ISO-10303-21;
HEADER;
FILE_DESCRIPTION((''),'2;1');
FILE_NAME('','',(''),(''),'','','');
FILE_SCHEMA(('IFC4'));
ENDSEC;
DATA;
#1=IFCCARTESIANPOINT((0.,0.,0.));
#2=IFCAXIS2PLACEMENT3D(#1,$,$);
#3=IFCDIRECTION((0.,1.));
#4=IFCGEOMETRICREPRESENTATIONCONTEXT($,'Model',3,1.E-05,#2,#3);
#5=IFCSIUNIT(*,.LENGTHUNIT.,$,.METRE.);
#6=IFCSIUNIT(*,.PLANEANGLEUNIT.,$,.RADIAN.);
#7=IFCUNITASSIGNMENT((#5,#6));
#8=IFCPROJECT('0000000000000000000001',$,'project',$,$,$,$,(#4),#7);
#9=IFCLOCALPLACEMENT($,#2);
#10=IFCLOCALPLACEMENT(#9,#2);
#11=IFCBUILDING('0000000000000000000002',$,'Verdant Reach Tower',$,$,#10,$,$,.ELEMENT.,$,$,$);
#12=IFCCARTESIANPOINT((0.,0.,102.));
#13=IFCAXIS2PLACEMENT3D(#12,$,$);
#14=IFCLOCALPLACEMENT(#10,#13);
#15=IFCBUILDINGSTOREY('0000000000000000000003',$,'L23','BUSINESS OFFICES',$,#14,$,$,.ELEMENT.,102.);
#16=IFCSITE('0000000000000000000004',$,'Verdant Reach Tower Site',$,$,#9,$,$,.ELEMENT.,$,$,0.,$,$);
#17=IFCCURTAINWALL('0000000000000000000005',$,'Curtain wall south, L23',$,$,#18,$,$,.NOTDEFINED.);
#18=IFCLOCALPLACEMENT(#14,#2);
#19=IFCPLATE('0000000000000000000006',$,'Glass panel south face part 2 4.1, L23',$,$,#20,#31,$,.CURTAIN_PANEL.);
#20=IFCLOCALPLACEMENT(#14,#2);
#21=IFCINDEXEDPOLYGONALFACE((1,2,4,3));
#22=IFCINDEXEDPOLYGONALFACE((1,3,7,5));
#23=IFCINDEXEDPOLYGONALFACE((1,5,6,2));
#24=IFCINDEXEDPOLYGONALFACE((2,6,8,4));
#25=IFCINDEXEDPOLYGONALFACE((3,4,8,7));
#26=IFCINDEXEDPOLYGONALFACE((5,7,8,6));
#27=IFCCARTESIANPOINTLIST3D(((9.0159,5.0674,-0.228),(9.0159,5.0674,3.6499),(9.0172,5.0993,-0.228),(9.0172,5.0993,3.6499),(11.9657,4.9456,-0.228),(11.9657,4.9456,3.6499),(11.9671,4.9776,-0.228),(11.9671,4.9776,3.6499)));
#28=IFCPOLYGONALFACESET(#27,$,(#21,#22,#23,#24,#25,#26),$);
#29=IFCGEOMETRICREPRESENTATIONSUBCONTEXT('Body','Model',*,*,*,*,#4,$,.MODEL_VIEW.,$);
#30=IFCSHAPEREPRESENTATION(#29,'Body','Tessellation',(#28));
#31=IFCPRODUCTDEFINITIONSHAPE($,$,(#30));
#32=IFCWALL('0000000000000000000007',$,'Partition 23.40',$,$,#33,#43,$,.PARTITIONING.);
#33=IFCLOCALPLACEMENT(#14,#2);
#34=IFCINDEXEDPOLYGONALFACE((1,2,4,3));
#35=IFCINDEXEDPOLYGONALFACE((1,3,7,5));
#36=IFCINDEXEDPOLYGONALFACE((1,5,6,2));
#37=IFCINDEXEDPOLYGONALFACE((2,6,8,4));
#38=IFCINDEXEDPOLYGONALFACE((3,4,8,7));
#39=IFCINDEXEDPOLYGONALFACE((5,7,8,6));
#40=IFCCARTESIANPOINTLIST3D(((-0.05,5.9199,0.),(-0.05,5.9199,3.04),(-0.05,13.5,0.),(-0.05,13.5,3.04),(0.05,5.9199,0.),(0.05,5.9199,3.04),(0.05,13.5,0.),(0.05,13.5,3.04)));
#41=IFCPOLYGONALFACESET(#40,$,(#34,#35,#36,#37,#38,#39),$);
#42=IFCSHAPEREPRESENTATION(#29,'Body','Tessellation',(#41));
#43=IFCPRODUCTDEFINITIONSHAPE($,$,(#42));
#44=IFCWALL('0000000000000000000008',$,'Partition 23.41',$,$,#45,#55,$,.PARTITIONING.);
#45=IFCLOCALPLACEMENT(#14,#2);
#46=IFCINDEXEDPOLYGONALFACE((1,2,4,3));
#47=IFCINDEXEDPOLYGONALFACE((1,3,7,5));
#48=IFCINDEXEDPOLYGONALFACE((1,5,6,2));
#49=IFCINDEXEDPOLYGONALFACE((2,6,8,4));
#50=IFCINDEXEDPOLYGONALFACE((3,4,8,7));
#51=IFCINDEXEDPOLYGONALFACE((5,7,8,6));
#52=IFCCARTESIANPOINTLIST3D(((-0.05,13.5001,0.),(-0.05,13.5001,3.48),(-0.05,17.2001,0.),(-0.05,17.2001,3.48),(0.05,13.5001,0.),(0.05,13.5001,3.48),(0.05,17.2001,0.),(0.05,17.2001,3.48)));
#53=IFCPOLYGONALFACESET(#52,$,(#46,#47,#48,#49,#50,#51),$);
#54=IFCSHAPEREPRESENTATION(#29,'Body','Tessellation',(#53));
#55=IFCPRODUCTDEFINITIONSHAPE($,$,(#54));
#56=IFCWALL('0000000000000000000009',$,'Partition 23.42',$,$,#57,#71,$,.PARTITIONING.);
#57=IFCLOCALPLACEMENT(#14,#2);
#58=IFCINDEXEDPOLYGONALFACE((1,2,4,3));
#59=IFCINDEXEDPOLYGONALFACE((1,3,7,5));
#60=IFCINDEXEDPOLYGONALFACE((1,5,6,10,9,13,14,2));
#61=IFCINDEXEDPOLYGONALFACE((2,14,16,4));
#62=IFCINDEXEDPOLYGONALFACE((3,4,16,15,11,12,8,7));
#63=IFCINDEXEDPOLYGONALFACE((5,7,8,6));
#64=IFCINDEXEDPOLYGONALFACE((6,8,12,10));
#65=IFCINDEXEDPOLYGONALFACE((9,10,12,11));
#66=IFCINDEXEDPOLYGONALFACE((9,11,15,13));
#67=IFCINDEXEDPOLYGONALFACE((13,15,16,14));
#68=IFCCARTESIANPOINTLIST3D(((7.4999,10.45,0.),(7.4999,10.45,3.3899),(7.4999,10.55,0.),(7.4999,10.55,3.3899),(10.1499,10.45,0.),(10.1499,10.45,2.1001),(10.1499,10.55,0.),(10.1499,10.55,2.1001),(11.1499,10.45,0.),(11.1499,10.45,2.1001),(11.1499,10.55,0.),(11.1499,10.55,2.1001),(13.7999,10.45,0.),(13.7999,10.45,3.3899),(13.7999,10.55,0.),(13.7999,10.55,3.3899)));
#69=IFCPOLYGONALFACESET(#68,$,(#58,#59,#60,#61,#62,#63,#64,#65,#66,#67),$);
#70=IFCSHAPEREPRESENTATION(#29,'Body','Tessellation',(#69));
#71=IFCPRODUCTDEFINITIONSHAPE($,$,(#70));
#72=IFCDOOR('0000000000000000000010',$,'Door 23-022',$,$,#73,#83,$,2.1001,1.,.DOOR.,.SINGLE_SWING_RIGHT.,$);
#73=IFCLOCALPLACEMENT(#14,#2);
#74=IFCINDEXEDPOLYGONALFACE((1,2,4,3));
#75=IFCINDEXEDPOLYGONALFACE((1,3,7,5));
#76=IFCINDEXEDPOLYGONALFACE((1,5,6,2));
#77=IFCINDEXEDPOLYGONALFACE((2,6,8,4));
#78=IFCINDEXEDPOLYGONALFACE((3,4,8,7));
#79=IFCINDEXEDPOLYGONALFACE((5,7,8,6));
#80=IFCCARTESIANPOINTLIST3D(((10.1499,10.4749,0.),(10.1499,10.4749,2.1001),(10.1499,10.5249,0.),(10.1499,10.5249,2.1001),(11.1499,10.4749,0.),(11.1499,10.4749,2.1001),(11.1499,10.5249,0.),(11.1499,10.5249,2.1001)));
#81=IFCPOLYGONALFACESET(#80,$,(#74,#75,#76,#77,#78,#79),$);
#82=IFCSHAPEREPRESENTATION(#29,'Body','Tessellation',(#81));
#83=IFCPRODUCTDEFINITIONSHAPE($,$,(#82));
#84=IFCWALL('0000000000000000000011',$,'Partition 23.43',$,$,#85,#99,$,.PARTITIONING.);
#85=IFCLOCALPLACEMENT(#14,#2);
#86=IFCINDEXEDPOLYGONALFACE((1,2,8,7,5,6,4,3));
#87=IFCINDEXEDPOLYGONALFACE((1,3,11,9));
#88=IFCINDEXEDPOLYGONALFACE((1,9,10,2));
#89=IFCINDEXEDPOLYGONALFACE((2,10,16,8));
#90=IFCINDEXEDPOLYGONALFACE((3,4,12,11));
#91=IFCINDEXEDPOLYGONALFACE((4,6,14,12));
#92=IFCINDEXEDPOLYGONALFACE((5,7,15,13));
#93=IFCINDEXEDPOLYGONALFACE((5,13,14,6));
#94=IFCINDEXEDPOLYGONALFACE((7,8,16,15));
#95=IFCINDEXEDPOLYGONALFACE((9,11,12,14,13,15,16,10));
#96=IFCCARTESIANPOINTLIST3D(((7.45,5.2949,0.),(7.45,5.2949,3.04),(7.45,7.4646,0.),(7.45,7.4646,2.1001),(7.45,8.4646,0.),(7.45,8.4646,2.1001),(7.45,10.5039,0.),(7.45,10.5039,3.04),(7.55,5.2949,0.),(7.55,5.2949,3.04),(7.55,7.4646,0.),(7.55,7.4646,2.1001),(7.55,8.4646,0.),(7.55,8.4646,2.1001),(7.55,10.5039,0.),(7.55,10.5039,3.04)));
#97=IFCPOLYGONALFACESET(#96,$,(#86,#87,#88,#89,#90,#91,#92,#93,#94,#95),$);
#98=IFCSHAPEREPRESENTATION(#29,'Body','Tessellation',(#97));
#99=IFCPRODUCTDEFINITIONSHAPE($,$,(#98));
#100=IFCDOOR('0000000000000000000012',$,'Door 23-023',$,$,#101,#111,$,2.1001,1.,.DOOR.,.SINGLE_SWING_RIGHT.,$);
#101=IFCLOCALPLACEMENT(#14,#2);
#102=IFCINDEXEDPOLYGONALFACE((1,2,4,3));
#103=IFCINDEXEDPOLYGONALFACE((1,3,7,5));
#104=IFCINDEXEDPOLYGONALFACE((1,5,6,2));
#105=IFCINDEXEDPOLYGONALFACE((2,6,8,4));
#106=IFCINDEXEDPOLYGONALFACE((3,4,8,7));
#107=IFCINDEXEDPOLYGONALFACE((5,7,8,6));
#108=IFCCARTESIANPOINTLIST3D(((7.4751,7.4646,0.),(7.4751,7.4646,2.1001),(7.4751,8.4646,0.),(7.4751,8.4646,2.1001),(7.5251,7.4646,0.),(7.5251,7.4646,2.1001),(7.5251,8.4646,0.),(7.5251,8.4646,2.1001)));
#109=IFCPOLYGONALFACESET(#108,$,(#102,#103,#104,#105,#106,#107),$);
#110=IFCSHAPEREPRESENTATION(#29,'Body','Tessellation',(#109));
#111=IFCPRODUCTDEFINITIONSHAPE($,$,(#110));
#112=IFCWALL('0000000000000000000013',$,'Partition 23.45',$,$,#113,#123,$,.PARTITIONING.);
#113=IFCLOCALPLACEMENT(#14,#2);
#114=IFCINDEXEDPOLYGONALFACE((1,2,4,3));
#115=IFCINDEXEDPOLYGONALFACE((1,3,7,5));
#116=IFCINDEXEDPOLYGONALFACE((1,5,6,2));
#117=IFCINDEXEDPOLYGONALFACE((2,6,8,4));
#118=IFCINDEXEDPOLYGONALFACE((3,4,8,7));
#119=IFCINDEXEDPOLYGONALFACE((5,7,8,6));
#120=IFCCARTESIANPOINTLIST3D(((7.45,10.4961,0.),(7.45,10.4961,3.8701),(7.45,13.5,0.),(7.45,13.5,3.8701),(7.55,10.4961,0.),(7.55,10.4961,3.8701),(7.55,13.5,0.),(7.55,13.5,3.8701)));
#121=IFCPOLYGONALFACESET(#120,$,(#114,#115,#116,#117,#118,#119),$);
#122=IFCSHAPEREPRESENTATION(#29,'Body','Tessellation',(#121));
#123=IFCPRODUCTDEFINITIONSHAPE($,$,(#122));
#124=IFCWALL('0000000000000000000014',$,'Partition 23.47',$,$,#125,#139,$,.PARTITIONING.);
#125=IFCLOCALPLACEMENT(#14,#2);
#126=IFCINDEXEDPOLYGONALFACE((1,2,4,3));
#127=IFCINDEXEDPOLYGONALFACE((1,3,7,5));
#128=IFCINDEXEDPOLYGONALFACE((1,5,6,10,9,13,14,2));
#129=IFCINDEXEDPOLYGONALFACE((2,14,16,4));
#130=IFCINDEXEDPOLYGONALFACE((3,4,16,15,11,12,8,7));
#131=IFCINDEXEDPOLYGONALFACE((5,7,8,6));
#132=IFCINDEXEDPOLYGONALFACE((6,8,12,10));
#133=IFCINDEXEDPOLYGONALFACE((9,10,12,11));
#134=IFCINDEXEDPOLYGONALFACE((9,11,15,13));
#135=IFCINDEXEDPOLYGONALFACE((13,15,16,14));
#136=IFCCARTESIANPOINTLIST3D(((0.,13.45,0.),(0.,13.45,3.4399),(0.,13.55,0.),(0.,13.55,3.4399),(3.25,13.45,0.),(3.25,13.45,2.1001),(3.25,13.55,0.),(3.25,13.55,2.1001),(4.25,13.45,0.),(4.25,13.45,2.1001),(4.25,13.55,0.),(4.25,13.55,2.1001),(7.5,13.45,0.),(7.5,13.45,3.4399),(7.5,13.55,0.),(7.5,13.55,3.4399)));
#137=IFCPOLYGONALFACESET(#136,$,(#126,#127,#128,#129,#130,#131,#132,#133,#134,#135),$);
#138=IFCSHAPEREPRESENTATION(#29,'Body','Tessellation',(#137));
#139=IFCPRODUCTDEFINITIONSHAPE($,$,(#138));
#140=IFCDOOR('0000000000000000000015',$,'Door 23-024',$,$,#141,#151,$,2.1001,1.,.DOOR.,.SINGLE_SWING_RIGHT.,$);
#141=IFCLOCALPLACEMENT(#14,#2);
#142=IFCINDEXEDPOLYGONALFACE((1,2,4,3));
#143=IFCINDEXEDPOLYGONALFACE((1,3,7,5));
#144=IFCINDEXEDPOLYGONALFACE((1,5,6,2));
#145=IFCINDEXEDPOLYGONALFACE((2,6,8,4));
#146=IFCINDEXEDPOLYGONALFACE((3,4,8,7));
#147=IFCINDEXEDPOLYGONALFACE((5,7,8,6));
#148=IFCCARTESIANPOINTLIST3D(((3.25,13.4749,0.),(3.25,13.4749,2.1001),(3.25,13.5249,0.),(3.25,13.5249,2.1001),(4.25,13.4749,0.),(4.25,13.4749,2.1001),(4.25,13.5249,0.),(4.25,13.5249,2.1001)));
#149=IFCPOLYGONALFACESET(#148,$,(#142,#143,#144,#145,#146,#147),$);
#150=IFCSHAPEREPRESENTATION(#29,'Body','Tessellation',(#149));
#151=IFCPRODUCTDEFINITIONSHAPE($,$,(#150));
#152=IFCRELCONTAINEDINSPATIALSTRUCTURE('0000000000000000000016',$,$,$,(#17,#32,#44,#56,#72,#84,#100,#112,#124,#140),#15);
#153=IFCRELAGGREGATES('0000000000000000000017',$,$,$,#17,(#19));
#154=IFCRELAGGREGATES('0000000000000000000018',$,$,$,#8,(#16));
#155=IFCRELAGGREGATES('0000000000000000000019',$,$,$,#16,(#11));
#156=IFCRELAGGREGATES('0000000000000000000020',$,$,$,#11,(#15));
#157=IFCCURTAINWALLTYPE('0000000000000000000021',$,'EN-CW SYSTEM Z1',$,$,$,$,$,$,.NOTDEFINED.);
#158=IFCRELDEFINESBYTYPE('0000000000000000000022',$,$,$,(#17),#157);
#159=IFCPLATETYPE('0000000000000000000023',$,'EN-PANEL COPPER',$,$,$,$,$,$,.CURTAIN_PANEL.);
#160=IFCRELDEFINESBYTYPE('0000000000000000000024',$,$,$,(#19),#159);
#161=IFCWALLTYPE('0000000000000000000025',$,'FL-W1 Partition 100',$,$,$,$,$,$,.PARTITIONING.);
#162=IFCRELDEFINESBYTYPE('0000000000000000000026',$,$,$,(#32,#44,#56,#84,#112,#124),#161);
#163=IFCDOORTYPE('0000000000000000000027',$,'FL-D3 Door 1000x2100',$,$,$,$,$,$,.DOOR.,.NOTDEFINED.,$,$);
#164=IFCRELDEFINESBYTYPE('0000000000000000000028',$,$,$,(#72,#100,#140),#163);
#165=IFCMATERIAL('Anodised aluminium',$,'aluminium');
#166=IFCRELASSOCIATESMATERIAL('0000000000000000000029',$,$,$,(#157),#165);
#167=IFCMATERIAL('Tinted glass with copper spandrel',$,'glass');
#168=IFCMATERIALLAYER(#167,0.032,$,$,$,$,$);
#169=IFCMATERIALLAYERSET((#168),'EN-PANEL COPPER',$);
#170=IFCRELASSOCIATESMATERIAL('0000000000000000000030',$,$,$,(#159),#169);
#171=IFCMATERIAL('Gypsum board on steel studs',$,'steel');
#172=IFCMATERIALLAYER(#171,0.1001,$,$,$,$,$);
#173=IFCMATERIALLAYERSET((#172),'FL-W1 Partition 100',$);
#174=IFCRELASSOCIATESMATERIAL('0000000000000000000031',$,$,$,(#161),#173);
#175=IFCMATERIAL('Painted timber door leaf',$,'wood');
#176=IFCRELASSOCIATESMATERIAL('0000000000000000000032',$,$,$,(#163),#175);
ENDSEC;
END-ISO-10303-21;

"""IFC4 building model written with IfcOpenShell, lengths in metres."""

from ifc_helpers import new_model, si_unit, direction, frame, frame_2d, origin, origin_2d, place, context, subcontext, project, spatial, rectangle, extrude, material, layer, layer_set, type_object, element, fill, aggregate, save


model = new_model("IFC4")

# Units and contexts
model_context = context("Model", 3, precision=1e-05, world=origin(), true_north=direction((0.0, 1.0)))
body_context = subcontext(model_context, "Body", "Model", "MODEL_VIEW")
ifc_project = project(units=[si_unit("LENGTHUNIT", "METRE"), si_unit("PLANEANGLEUNIT", "RADIAN")], contexts=[model_context])

# Site, building, storey
site_placement = place(None, origin())
site = spatial("IfcSite", under=ifc_project, at=site_placement, Name="Verdant Reach Tower Site", CompositionType="ELEMENT", RefElevation=0.0)
building_placement = place(site_placement, origin())
building = spatial("IfcBuilding", under=site, at=building_placement, Name="Verdant Reach Tower", CompositionType="ELEMENT")
storey_placement = place(building_placement, frame((0.0, 0.0, 102.0)))
storey = spatial("IfcBuildingStorey", under=building, at=storey_placement, Name="L23", Description="BUSINESS OFFICES", CompositionType="ELEMENT", Elevation=102.0)

# Curtain wall
ifc_material_1 = material(Name="Anodised aluminium", Category="aluminium")
curtain_wall_type = type_object("IfcCurtainWallType", Name="EN-CW SYSTEM Z1", PredefinedType="NOTDEFINED", material=ifc_material_1)
curtain_wall_placement = place(storey_placement, origin())
curtain_wall = element("IfcCurtainWall", 1, at=curtain_wall_placement, inside=storey, type_object=curtain_wall_type, Name="Curtain wall south, L23", PredefinedType="NOTDEFINED")

# Plate
ifc_material_2 = material(Name="Tinted glass with copper spandrel", Category="glass")
ifc_layer_1 = layer(ifc_material_2, 0.032)
ifc_layer_set_1 = layer_set([ifc_layer_1], Name="EN-PANEL COPPER")
plate_type_1 = type_object("IfcPlateType", Name="EN-PANEL COPPER", PredefinedType="CURTAIN_PANEL", material=ifc_layer_set_1)
plate_1_placement = place(storey_placement, frame((10.4915, 5.0225, -0.228), z_axis=(0.0, 0.0, 1.0), x_axis=(0.999149, -0.041242, 0.0)))
plate_1 = element("IfcPlate", 2, at=plate_1_placement, type_object=plate_type_1, Name="Glass panel south face part 2 4.1, L23", PredefinedType="CURTAIN_PANEL", context=body_context, shape_type="SweptSolid", body=[
    extrude(rectangle(XDim=2.9524, YDim=0.032, at=origin_2d()), origin(), (0.0, 0.0, 1.0), 3.8779),
])
aggregate(curtain_wall, [plate_1])

# Walls
ifc_material_3 = material(Name="Gypsum board on steel studs", Category="steel")
ifc_layer_2 = layer(ifc_material_3, 0.1001)
ifc_layer_set_2 = layer_set([ifc_layer_2], Name="FL-W1 Partition 100")
wall_type = type_object("IfcWallType", Name="FL-W1 Partition 100", PredefinedType="PARTITIONING", material=ifc_layer_set_2)
wall_1_placement = place(storey_placement, frame((0.0, 5.9199, 0.0), z_axis=(0.0, 0.0, 1.0), x_axis=(0.0, 1.0, 0.0)))
element("IfcWall", 3, at=wall_1_placement, inside=storey, type_object=wall_type, Name="Partition 23.40", PredefinedType="PARTITIONING", context=body_context, shape_type="SweptSolid", body=[
    extrude(rectangle(XDim=7.5801, YDim=0.1001, at=frame_2d((3.79, 0.0))), origin(), (0.0, 0.0, 1.0), 3.04),
])
wall_2_placement = place(storey_placement, frame((0.0, 13.5, 0.0), z_axis=(0.0, 0.0, 1.0), x_axis=(0.0, 1.0, 0.0)))
element("IfcWall", 4, at=wall_2_placement, inside=storey, type_object=wall_type, Name="Partition 23.41", PredefinedType="PARTITIONING", context=body_context, shape_type="SweptSolid", body=[
    extrude(rectangle(XDim=3.7, YDim=0.1001, at=frame_2d((1.8501, 0.0))), origin(), (0.0, 0.0, 1.0), 3.48),
])

# Walls, openings, doors
wall_3_placement = place(storey_placement, frame((7.5, 10.5, 0.0), z_axis=(0.0, 0.0, 1.0), x_axis=(1.0, 0.0, 0.0)))
wall_3 = element("IfcWall", 5, at=wall_3_placement, inside=storey, type_object=wall_type, Name="Partition 23.42", PredefinedType="PARTITIONING", context=body_context, shape_type="SweptSolid", body=[
    extrude(rectangle(XDim=6.3, YDim=0.1001, at=frame_2d((3.1499, 0.0))), origin(), (0.0, 0.0, 1.0), 3.3899),
])
opening_1_placement = place(wall_3_placement, frame((2.6499, 0.0, 0.0)))
opening_1 = element("IfcOpeningElement", 6, at=opening_1_placement, cuts=wall_3, PredefinedType="OPENING", context=body_context, shape_type="SweptSolid", body=[
    extrude(rectangle(XDim=1.0, YDim=2.1001, at=frame_2d((0.5, 1.05))), frame((0.0, 0.0601, 0.0), z_axis=(0.0, -1.0, 0.0), x_axis=(1.0, 0.0, 0.0)), (0.0, 0.0, 1.0), 0.1201),
])
ifc_material_4 = material(Name="Painted timber door leaf", Category="wood")
door_type = type_object("IfcDoorType", Name="FL-D3 Door 1000x2100", OperationType="NOTDEFINED", PredefinedType="DOOR", material=ifc_material_4)
door_1_placement = place(opening_1_placement, origin())
door_1 = element("IfcDoor", 7, at=door_1_placement, inside=storey, type_object=door_type, Name="Door 23-022", OperationType="SINGLE_SWING_RIGHT", OverallHeight=2.1001, OverallWidth=1.0, PredefinedType="DOOR", context=body_context, shape_type="SweptSolid", body=[
    extrude(rectangle(XDim=1.0, YDim=2.1001, at=frame_2d((0.5, 1.05))), frame((0.0, 0.0249, 0.0), z_axis=(0.0, -1.0, 0.0), x_axis=(1.0, 0.0, 0.0)), (0.0, 0.0, 1.0), 0.05),
])
fill(opening_1, door_1)
wall_4_placement = place(storey_placement, frame((7.5, 5.2949, 0.0), z_axis=(0.0, 0.0, 1.0), x_axis=(0.0, 1.0, 0.0)))
wall_4 = element("IfcWall", 8, at=wall_4_placement, inside=storey, type_object=wall_type, Name="Partition 23.43", PredefinedType="PARTITIONING", context=body_context, shape_type="SweptSolid", body=[
    extrude(rectangle(XDim=5.209, YDim=0.1001, at=frame_2d((2.6045, 0.0))), origin(), (0.0, 0.0, 1.0), 3.04),
])
opening_2_placement = place(wall_4_placement, frame((2.1697, 0.0, 0.0)))
opening_2 = element("IfcOpeningElement", 9, at=opening_2_placement, cuts=wall_4, PredefinedType="OPENING", context=body_context, shape_type="SweptSolid", body=[
    extrude(rectangle(XDim=1.0, YDim=2.1001, at=frame_2d((0.5, 1.05))), frame((0.0, 0.0601, 0.0), z_axis=(0.0, -1.0, 0.0), x_axis=(1.0, 0.0, 0.0)), (0.0, 0.0, 1.0), 0.1201),
])
door_2_placement = place(opening_2_placement, origin())
door_2 = element("IfcDoor", 10, at=door_2_placement, inside=storey, type_object=door_type, Name="Door 23-023", OperationType="SINGLE_SWING_RIGHT", OverallHeight=2.1001, OverallWidth=1.0, PredefinedType="DOOR", context=body_context, shape_type="SweptSolid", body=[
    extrude(rectangle(XDim=1.0, YDim=2.1001, at=frame_2d((0.5, 1.05))), frame((0.0, 0.0249, 0.0), z_axis=(0.0, -1.0, 0.0), x_axis=(1.0, 0.0, 0.0)), (0.0, 0.0, 1.0), 0.05),
])
fill(opening_2, door_2)

# Wall
wall_5_placement = place(storey_placement, frame((7.5, 13.5, 0.0), z_axis=(0.0, 0.0, 1.0), x_axis=(0.0, -1.0, 0.0)))
element("IfcWall", 11, at=wall_5_placement, inside=storey, type_object=wall_type, Name="Partition 23.45", PredefinedType="PARTITIONING", context=body_context, shape_type="SweptSolid", body=[
    extrude(rectangle(XDim=3.0039, YDim=0.1001, at=frame_2d((1.502, 0.0))), origin(), (0.0, 0.0, 1.0), 3.8701),
])

# Wall, opening, door
wall_6_placement = place(storey_placement, frame((0.0, 13.5, 0.0), z_axis=(0.0, 0.0, 1.0), x_axis=(1.0, 0.0, 0.0)))
wall_6 = element("IfcWall", 12, at=wall_6_placement, inside=storey, type_object=wall_type, Name="Partition 23.47", PredefinedType="PARTITIONING", context=body_context, shape_type="SweptSolid", body=[
    extrude(rectangle(XDim=7.5, YDim=0.1001, at=frame_2d((3.75, 0.0))), origin(), (0.0, 0.0, 1.0), 3.4399),
])
opening_3_placement = place(wall_6_placement, frame((3.25, 0.0, 0.0)))
opening_3 = element("IfcOpeningElement", 13, at=opening_3_placement, cuts=wall_6, PredefinedType="OPENING", context=body_context, shape_type="SweptSolid", body=[
    extrude(rectangle(XDim=1.0, YDim=2.1001, at=frame_2d((0.5, 1.05))), frame((0.0, 0.0601, 0.0), z_axis=(0.0, -1.0, 0.0), x_axis=(1.0, 0.0, 0.0)), (0.0, 0.0, 1.0), 0.1201),
])
door_3_placement = place(opening_3_placement, origin())
door_3 = element("IfcDoor", 14, at=door_3_placement, inside=storey, type_object=door_type, Name="Door 23-024", OperationType="SINGLE_SWING_RIGHT", OverallHeight=2.1001, OverallWidth=1.0, PredefinedType="DOOR", context=body_context, shape_type="SweptSolid", body=[
    extrude(rectangle(XDim=1.0, YDim=2.1001, at=frame_2d((0.5, 1.05))), frame((0.0, 0.0249, 0.0), z_axis=(0.0, -1.0, 0.0), x_axis=(1.0, 0.0, 0.0)), (0.0, 0.0, 1.0), 0.05),
])
fill(opening_3, door_3)

save(model, "model.ifc")
